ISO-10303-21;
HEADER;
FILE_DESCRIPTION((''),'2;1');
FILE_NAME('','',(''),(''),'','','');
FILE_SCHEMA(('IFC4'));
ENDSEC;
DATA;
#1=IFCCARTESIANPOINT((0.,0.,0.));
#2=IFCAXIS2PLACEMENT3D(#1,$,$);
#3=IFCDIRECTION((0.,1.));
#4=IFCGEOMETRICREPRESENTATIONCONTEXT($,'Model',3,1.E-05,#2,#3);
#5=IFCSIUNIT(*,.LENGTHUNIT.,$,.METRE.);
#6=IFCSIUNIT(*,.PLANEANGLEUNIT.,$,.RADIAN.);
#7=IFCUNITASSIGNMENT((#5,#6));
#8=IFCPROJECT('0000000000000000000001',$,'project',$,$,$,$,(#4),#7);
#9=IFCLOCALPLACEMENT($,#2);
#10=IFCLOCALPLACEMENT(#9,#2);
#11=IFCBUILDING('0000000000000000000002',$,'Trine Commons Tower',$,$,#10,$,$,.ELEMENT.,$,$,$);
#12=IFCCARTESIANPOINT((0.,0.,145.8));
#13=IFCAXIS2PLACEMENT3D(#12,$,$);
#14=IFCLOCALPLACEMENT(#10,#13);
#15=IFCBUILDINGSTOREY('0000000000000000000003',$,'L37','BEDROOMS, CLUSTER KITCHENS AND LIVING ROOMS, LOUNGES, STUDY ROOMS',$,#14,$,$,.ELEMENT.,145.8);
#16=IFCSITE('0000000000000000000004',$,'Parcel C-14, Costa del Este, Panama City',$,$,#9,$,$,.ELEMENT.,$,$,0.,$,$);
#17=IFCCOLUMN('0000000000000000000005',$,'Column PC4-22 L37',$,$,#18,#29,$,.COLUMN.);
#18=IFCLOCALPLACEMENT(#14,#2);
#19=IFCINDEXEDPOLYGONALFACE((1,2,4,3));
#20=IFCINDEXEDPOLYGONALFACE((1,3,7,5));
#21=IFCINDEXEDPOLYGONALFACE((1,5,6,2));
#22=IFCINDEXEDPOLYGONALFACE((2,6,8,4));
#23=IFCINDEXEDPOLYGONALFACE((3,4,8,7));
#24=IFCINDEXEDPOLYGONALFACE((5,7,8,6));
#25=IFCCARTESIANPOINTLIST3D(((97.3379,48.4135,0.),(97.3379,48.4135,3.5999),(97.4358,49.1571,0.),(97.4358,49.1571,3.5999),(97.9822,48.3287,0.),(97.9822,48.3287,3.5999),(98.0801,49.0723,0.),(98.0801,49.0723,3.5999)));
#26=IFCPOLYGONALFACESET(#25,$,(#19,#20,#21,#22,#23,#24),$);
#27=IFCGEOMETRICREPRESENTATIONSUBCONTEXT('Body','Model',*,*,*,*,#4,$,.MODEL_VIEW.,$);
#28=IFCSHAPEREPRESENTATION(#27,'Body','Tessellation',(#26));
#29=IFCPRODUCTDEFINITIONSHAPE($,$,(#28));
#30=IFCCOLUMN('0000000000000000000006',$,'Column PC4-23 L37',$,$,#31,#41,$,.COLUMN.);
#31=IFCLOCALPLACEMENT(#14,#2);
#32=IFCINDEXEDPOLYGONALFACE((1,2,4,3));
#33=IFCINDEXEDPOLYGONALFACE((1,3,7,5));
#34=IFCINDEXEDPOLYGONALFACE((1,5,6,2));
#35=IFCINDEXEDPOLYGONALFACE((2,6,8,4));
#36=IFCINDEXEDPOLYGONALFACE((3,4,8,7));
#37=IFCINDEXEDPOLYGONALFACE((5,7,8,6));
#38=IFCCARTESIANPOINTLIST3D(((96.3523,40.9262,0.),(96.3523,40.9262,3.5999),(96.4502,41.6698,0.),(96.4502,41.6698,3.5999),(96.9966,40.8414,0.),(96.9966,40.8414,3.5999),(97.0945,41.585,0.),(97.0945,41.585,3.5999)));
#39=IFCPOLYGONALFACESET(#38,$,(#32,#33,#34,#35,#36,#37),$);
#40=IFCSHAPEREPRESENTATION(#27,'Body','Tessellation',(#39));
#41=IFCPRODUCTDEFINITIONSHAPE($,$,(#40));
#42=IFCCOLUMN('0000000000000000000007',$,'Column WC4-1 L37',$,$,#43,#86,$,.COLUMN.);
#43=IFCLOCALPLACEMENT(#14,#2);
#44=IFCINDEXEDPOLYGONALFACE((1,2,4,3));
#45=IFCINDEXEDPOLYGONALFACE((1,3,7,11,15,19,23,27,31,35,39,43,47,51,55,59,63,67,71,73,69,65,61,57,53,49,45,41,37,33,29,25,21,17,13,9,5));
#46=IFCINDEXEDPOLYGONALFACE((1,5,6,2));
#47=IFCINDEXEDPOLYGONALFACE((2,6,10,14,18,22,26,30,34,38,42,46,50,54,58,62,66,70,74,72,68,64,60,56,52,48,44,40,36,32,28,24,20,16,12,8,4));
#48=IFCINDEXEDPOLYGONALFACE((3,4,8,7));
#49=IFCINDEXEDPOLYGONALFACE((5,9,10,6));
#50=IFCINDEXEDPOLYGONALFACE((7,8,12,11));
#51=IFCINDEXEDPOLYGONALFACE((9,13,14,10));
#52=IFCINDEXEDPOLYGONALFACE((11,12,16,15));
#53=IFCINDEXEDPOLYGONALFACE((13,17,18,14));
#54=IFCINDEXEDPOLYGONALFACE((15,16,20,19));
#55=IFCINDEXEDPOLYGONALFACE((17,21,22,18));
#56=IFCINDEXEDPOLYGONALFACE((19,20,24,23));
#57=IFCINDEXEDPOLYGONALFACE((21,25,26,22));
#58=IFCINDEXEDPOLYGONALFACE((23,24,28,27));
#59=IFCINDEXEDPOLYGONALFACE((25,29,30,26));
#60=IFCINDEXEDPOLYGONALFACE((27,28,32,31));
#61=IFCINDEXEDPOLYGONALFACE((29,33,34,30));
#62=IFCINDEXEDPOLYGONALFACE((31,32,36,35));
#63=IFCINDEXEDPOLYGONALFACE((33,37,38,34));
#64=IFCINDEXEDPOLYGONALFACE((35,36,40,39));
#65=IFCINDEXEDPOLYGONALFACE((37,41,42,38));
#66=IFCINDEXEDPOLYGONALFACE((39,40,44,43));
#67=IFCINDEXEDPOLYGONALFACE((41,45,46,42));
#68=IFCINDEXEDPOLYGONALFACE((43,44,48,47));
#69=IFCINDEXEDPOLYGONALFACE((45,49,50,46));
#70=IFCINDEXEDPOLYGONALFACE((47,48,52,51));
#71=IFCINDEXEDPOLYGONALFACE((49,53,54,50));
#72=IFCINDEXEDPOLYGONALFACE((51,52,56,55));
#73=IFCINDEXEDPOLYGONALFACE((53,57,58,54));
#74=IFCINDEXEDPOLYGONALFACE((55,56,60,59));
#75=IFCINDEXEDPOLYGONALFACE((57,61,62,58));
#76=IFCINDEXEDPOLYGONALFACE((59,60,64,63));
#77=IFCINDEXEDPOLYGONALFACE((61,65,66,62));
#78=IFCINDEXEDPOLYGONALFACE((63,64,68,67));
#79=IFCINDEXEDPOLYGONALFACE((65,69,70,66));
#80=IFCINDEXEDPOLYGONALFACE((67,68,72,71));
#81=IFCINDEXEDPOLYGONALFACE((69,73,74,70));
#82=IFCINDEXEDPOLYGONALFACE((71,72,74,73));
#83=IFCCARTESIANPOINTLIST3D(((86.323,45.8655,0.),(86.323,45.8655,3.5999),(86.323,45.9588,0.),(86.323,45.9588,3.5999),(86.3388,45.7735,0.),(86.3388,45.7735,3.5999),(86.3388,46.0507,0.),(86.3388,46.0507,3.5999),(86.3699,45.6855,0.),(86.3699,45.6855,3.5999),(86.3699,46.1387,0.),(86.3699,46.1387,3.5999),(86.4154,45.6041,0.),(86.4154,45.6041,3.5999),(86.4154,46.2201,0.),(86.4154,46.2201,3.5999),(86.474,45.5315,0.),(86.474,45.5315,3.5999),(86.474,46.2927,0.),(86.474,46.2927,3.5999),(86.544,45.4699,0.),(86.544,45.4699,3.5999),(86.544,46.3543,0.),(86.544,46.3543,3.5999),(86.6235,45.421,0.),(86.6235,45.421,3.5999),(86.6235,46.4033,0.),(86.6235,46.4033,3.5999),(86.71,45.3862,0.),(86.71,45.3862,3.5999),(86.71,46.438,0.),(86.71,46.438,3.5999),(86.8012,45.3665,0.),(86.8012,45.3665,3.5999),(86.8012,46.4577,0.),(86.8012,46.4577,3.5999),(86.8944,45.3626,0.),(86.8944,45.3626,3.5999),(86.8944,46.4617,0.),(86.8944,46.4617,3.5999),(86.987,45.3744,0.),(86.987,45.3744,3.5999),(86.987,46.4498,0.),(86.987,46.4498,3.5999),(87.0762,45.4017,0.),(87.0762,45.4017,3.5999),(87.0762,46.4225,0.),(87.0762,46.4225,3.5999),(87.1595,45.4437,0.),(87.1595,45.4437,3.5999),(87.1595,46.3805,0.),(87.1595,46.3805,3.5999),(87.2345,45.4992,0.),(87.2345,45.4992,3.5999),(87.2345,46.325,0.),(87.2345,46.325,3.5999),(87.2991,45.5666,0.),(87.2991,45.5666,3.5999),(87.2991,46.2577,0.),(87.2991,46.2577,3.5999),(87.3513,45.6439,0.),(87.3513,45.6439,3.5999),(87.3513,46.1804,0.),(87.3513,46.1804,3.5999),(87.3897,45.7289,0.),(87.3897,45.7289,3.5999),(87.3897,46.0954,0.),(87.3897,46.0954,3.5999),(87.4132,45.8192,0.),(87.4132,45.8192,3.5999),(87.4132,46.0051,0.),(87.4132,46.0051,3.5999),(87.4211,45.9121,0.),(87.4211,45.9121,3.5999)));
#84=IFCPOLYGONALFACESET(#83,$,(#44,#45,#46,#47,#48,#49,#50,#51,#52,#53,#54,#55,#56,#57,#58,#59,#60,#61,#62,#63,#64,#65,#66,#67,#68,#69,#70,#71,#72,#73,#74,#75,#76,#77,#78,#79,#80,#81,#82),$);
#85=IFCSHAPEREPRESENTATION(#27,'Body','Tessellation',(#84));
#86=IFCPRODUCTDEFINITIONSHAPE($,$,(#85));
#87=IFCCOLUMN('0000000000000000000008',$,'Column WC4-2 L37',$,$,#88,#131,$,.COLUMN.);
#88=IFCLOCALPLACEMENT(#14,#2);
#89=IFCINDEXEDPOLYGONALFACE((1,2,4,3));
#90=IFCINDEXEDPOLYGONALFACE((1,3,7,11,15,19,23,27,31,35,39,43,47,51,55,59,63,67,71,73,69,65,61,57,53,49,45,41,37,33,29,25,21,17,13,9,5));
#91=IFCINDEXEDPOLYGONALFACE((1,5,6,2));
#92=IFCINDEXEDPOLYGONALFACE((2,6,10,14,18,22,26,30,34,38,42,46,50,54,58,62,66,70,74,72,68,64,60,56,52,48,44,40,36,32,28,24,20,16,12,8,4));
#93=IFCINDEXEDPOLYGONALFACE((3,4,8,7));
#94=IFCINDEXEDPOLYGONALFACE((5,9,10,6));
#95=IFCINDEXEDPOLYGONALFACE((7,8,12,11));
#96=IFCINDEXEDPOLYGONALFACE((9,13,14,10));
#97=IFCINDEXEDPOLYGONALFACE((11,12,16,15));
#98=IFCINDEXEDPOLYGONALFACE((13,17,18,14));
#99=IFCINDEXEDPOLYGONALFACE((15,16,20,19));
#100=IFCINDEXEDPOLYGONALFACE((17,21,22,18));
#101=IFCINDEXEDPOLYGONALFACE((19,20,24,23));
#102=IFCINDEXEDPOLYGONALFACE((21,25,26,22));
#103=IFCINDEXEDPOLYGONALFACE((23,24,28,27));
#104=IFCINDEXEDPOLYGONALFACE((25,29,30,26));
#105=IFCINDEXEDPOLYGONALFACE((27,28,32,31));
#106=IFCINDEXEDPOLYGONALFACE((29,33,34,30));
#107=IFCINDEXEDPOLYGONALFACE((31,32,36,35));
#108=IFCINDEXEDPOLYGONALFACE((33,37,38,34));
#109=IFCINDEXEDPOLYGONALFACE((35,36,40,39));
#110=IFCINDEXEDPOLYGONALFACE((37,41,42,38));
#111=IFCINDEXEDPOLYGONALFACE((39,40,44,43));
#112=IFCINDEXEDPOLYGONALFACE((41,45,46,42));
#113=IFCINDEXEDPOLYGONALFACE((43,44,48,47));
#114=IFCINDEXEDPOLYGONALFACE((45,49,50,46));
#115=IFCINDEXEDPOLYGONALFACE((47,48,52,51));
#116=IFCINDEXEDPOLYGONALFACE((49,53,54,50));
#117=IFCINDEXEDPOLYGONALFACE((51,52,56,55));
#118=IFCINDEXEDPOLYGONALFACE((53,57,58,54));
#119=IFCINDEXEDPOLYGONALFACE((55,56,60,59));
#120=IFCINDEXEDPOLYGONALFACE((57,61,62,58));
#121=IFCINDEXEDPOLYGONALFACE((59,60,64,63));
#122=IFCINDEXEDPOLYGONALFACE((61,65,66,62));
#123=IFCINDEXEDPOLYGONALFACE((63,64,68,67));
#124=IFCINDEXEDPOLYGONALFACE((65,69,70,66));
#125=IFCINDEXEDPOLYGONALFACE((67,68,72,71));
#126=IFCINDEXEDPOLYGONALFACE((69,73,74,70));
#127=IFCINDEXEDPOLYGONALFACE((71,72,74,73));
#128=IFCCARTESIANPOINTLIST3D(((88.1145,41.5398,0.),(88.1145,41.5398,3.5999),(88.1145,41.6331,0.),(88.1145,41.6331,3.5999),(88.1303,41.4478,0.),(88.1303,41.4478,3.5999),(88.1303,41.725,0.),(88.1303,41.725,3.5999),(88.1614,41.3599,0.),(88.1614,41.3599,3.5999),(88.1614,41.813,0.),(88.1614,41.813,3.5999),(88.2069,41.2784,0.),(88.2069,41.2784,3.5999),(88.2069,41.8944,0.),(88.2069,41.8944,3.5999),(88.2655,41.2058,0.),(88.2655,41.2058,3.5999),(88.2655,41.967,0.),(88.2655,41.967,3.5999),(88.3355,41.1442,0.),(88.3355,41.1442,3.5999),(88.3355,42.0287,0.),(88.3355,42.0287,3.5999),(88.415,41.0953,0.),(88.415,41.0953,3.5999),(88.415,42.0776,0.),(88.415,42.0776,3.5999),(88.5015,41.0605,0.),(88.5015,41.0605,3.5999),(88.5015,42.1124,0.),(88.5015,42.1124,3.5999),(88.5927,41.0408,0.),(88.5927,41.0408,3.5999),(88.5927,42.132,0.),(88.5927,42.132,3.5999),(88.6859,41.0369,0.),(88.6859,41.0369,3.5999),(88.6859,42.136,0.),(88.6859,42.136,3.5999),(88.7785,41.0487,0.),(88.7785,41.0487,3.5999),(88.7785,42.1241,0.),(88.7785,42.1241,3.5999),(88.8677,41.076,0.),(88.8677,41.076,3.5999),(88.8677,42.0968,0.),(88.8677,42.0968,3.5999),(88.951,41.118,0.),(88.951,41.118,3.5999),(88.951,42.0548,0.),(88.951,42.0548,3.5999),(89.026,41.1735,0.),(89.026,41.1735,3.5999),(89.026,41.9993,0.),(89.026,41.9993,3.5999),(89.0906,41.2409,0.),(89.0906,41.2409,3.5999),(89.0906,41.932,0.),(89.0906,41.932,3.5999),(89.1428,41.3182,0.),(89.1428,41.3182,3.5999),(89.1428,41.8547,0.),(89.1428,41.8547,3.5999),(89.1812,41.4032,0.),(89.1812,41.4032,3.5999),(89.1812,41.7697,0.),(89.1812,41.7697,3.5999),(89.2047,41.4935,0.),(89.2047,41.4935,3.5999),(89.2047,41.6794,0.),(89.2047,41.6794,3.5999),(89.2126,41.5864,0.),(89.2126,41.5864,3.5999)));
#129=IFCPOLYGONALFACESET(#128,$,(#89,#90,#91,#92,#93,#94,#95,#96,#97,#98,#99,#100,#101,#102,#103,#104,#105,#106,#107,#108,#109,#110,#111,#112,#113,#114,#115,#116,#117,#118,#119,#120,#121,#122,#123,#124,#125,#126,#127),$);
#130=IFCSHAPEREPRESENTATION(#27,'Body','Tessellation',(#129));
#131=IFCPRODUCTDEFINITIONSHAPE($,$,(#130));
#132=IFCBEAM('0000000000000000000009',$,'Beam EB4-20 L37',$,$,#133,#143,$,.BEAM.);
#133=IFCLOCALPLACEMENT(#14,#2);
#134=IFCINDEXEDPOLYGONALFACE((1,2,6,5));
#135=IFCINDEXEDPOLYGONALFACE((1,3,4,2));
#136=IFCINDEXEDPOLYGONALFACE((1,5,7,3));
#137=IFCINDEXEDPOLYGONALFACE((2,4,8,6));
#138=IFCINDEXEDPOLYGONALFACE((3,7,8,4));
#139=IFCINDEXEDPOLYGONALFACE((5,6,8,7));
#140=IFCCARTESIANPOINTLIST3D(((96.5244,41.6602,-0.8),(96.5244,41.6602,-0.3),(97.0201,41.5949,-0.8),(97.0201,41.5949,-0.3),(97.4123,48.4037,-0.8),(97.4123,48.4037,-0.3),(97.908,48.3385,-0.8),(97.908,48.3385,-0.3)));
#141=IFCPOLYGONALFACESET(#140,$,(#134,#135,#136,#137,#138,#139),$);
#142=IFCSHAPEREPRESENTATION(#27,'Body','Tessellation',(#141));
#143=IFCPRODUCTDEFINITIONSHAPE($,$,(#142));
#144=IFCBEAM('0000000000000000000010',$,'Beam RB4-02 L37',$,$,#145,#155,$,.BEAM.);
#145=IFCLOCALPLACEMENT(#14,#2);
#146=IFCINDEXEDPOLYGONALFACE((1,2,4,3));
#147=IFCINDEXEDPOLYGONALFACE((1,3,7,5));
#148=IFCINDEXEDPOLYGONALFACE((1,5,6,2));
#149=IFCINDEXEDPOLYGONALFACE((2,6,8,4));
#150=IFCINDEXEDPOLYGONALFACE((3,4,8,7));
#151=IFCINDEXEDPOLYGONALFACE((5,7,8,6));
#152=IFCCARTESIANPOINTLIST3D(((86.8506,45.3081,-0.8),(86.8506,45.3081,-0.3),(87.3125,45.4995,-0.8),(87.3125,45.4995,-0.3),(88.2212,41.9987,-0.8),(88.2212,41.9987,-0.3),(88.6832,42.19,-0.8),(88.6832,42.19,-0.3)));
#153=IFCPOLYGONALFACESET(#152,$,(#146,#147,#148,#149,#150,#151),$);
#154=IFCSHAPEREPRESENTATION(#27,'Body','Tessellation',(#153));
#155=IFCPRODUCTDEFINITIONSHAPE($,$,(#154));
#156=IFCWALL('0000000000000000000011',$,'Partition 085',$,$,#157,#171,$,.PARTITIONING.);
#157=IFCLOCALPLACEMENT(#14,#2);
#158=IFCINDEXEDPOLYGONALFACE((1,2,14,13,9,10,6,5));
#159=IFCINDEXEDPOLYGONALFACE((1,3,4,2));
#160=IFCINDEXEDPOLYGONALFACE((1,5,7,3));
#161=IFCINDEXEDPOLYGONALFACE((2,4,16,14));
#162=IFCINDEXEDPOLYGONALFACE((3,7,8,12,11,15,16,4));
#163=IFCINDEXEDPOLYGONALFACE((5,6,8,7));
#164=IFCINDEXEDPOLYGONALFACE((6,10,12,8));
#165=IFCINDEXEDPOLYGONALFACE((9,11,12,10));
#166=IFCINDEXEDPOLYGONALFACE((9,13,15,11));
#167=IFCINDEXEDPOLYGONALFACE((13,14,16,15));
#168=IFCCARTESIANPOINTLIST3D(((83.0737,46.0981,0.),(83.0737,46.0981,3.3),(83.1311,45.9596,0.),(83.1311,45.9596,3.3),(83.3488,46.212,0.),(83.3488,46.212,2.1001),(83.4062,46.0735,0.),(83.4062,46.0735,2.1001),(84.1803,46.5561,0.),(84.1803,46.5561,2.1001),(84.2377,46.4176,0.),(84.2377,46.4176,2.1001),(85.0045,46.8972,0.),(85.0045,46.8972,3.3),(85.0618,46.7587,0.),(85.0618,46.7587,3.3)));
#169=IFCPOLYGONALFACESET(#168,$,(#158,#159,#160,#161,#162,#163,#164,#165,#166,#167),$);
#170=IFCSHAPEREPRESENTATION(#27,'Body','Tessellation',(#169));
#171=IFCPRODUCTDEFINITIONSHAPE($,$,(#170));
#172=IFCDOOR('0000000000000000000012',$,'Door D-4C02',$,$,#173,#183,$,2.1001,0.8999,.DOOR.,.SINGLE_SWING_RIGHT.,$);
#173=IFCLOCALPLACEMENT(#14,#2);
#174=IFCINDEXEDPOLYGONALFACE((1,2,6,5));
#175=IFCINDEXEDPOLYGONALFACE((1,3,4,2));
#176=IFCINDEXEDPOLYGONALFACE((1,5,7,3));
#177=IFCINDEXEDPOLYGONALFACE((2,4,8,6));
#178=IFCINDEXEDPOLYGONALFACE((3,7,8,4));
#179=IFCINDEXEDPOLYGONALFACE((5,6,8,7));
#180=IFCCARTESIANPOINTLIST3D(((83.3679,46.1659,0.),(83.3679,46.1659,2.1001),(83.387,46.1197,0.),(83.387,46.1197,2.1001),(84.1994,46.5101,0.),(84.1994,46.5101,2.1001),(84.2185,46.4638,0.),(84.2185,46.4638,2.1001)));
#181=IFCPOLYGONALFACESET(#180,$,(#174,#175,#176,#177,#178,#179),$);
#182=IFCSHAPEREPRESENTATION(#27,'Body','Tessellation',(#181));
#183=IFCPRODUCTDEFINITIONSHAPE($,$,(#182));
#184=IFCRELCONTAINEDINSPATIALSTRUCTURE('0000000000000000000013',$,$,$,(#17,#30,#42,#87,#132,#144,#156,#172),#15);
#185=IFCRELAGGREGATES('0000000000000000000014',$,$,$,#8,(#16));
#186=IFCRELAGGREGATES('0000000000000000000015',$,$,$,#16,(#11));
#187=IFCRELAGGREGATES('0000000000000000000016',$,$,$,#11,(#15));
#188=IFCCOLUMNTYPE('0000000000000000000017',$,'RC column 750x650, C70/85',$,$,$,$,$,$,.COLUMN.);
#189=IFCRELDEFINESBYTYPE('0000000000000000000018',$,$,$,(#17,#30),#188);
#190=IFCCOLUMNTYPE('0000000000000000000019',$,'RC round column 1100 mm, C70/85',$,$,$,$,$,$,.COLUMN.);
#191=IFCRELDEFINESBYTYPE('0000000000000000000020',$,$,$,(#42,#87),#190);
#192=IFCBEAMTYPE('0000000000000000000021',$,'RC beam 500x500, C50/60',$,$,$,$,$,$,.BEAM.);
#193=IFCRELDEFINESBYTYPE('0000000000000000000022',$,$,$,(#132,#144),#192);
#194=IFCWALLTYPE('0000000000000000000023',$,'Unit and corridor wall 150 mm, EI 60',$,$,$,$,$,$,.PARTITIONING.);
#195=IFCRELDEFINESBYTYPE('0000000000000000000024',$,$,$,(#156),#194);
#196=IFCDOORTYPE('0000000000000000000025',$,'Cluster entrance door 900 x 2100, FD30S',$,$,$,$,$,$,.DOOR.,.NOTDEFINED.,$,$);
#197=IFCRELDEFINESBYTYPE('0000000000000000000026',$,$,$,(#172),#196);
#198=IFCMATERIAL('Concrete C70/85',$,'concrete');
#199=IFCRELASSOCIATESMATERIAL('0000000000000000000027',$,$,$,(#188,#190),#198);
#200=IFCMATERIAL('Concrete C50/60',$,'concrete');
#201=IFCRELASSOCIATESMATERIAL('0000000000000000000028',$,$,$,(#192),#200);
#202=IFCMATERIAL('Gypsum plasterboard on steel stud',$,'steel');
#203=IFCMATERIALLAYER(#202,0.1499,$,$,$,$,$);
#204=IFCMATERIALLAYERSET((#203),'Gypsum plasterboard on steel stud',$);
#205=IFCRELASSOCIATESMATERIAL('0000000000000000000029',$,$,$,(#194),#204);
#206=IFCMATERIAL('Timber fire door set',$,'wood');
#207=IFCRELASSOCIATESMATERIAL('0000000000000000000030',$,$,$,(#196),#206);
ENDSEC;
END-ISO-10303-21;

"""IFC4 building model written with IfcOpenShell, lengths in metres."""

from ifc_helpers import new_model, si_unit, direction, frame, frame_2d, origin, origin_2d, place, context, subcontext, project, spatial, rectangle, circle, extrude, material, layer, layer_set, material_profile, profile_set, type_object, element, fill, save


model = new_model("IFC4")

# Units and contexts
model_context = context("Model", 3, precision=1e-05, world=origin(), true_north=direction((0.0, 1.0)))
body_context = subcontext(model_context, "Body", "Model", "MODEL_VIEW")
ifc_project = project(units=[si_unit("LENGTHUNIT", "METRE"), si_unit("PLANEANGLEUNIT", "RADIAN")], contexts=[model_context])

# Site, building, storey
site_placement = place(None, origin())
site = spatial("IfcSite", under=ifc_project, at=site_placement, Name="Parcel C-14, Costa del Este, Panama City", CompositionType="ELEMENT", RefElevation=0.0)
building_placement = place(site_placement, origin())
building = spatial("IfcBuilding", under=site, at=building_placement, Name="Trine Commons Tower", CompositionType="ELEMENT")
storey_placement = place(building_placement, frame((0.0, 0.0, 145.8)))
storey = spatial("IfcBuildingStorey", under=building, at=storey_placement, Name="L37", Description="BEDROOMS, CLUSTER KITCHENS AND LIVING ROOMS, LOUNGES, STUDY ROOMS", CompositionType="ELEMENT", Elevation=145.8)

# Columns
ifc_material_1 = material(Name="Concrete C70/85", Category="concrete")
ifc_material_profile_1 = material_profile(ifc_material_1, rectangle(XDim=0.75, YDim=0.6499, at=origin_2d()), Name="RC 750x650")
ifc_profile_set_1 = profile_set([ifc_material_profile_1], Name="Concrete C70/85")
column_type_1 = type_object("IfcColumnType", Name="RC column 750x650, C70/85", PredefinedType="COLUMN", material=ifc_profile_set_1)
for number, where, z_axis, x_axis, name in (
    (1, (97.709, 48.7429, 0.0), (0.0, 0.0, 1.0), (0.130526, 0.991445, 0.0), "Column PC4-22 L37"),
    (2, (96.7234, 41.2556, 0.0), (0.0, 0.0, 1.0), (0.130526, 0.991445, 0.0), "Column PC4-23 L37"),
):
    element("IfcColumn", number, at=place(storey_placement, frame(where, z_axis=z_axis, x_axis=x_axis)), inside=storey, type_object=column_type_1, Name=name, PredefinedType="COLUMN", context=body_context, shape_type="SweptSolid", body=[
        extrude(rectangle(XDim=0.75, YDim=0.6499, at=origin_2d()), origin(), (0.0, 0.0, 1.0), 3.5999),
    ])
ifc_material_profile_2 = material_profile(ifc_material_1, circle(Radius=0.55, at=origin_2d()), Name="RC round 1100")
ifc_profile_set_2 = profile_set([ifc_material_profile_2], Name="Concrete C70/85")
column_type_2 = type_object("IfcColumnType", Name="RC round column 1100 mm, C70/85", PredefinedType="COLUMN", material=ifc_profile_set_2)
for number, where, z_axis, x_axis, name in (
    (3, (86.8711, 45.9121, 0.0), (0.0, 0.0, 1.0), (1.0, 0.0, 0.0), "Column WC4-1 L37"),
    (4, (88.6626, 41.5864, 0.0), (0.0, 0.0, 1.0), (1.0, 0.0, 0.0), "Column WC4-2 L37"),
):
    element("IfcColumn", number, at=place(storey_placement, frame(where, z_axis=z_axis, x_axis=x_axis)), inside=storey, type_object=column_type_2, Name=name, PredefinedType="COLUMN", context=body_context, shape_type="SweptSolid", body=[
        extrude(circle(Radius=0.55, at=origin_2d()), origin(), (0.0, 0.0, 1.0), 3.5999),
    ])

# Beams
ifc_material_2 = material(Name="Concrete C50/60", Category="concrete")
ifc_material_profile_3 = material_profile(ifc_material_2, rectangle(XDim=0.5, YDim=0.5, at=origin_2d()), Name="RC 500x500")
ifc_profile_set_3 = profile_set([ifc_material_profile_3], Name="Concrete C50/60")
beam_type = type_object("IfcBeamType", Name="RC beam 500x500, C50/60", PredefinedType="BEAM", material=ifc_profile_set_3)
beam_1_placement = place(storey_placement, frame((97.6602, 48.3711, -0.55), z_axis=(-0.130544, -0.991443, 0.0), x_axis=(0.991443, -0.130544, 0.0)))
element("IfcBeam", 5, at=beam_1_placement, inside=storey, type_object=beam_type, Name="Beam EB4-20 L37", PredefinedType="BEAM", context=body_context, shape_type="SweptSolid", body=[
    extrude(rectangle(XDim=0.5, YDim=0.5, at=origin_2d()), origin(), (0.0, 0.0, 1.0), 6.8018),
])
beam_2_placement = place(storey_placement, frame((87.0815, 45.4038, -0.55), z_axis=(0.382645, -0.923896, 0.0), x_axis=(0.923896, 0.382645, 0.0)))
element("IfcBeam", 6, at=beam_2_placement, inside=storey, type_object=beam_type, Name="Beam RB4-02 L37", PredefinedType="BEAM", context=body_context, shape_type="SweptSolid", body=[
    extrude(rectangle(XDim=0.5, YDim=0.5, at=origin_2d()), origin(), (0.0, 0.0, 1.0), 3.582),
])

# Wall, opening, door
ifc_material_3 = material(Name="Gypsum plasterboard on steel stud", Category="steel")
ifc_layer_1 = layer(ifc_material_3, 0.1499)
ifc_layer_set_1 = layer_set([ifc_layer_1], Name="Gypsum plasterboard on steel stud")
wall_type_1 = type_object("IfcWallType", Name="Unit and corridor wall 150 mm, EI 60", PredefinedType="PARTITIONING", material=ifc_layer_set_1)
wall_1_placement = place(storey_placement, frame((83.1023, 46.0288, 0.0), z_axis=(0.0, 0.0, 1.0), x_axis=(0.923987, 0.382424, 0.0)))
wall_1 = element("IfcWall", 7, at=wall_1_placement, inside=storey, type_object=wall_type_1, Name="Partition 085", PredefinedType="PARTITIONING", context=body_context, shape_type="SweptSolid", body=[
    extrude(rectangle(XDim=2.0896, YDim=0.1499, at=frame_2d((1.0449, 0.0))), origin(), (0.0, 0.0, 1.0), 3.3),
])
opening_1_placement = place(wall_1_placement, frame((0.2979, 0.0, 0.0)))
opening_1 = element("IfcOpeningElement", 8, at=opening_1_placement, cuts=wall_1, PredefinedType="OPENING", context=body_context, shape_type="SweptSolid", body=[
    extrude(rectangle(XDim=0.8999, YDim=2.1001, at=frame_2d((0.45, 1.05))), frame((0.0, 0.085, 0.0), z_axis=(0.0, -1.0, 0.0), x_axis=(1.0, 0.0, 0.0)), (0.0, 0.0, 1.0), 0.1699),
])
ifc_material_4 = material(Name="Timber fire door set", Category="wood")
door_type_1 = type_object("IfcDoorType", Name="Cluster entrance door 900 x 2100, FD30S", OperationType="NOTDEFINED", PredefinedType="DOOR", material=ifc_material_4)
door_1_placement = place(opening_1_placement, frame((0.8999, 0.0, 0.0), z_axis=(0.0, 0.0, 1.0), x_axis=(-1.0, 0.0, 0.0)))
door_1 = element("IfcDoor", 9, at=door_1_placement, inside=storey, type_object=door_type_1, Name="Door D-4C02", OperationType="SINGLE_SWING_RIGHT", OverallHeight=2.1001, OverallWidth=0.8999, PredefinedType="DOOR", context=body_context, shape_type="SweptSolid", body=[
    extrude(rectangle(XDim=0.8999, YDim=2.1001, at=frame_2d((0.45, 1.05))), frame((0.0, 0.0249, 0.0), z_axis=(0.0, -1.0, 0.0), x_axis=(1.0, 0.0, 0.0)), (0.0, 0.0, 1.0), 0.05),
])
fill(opening_1, door_1)

save(model, "model.ifc")
